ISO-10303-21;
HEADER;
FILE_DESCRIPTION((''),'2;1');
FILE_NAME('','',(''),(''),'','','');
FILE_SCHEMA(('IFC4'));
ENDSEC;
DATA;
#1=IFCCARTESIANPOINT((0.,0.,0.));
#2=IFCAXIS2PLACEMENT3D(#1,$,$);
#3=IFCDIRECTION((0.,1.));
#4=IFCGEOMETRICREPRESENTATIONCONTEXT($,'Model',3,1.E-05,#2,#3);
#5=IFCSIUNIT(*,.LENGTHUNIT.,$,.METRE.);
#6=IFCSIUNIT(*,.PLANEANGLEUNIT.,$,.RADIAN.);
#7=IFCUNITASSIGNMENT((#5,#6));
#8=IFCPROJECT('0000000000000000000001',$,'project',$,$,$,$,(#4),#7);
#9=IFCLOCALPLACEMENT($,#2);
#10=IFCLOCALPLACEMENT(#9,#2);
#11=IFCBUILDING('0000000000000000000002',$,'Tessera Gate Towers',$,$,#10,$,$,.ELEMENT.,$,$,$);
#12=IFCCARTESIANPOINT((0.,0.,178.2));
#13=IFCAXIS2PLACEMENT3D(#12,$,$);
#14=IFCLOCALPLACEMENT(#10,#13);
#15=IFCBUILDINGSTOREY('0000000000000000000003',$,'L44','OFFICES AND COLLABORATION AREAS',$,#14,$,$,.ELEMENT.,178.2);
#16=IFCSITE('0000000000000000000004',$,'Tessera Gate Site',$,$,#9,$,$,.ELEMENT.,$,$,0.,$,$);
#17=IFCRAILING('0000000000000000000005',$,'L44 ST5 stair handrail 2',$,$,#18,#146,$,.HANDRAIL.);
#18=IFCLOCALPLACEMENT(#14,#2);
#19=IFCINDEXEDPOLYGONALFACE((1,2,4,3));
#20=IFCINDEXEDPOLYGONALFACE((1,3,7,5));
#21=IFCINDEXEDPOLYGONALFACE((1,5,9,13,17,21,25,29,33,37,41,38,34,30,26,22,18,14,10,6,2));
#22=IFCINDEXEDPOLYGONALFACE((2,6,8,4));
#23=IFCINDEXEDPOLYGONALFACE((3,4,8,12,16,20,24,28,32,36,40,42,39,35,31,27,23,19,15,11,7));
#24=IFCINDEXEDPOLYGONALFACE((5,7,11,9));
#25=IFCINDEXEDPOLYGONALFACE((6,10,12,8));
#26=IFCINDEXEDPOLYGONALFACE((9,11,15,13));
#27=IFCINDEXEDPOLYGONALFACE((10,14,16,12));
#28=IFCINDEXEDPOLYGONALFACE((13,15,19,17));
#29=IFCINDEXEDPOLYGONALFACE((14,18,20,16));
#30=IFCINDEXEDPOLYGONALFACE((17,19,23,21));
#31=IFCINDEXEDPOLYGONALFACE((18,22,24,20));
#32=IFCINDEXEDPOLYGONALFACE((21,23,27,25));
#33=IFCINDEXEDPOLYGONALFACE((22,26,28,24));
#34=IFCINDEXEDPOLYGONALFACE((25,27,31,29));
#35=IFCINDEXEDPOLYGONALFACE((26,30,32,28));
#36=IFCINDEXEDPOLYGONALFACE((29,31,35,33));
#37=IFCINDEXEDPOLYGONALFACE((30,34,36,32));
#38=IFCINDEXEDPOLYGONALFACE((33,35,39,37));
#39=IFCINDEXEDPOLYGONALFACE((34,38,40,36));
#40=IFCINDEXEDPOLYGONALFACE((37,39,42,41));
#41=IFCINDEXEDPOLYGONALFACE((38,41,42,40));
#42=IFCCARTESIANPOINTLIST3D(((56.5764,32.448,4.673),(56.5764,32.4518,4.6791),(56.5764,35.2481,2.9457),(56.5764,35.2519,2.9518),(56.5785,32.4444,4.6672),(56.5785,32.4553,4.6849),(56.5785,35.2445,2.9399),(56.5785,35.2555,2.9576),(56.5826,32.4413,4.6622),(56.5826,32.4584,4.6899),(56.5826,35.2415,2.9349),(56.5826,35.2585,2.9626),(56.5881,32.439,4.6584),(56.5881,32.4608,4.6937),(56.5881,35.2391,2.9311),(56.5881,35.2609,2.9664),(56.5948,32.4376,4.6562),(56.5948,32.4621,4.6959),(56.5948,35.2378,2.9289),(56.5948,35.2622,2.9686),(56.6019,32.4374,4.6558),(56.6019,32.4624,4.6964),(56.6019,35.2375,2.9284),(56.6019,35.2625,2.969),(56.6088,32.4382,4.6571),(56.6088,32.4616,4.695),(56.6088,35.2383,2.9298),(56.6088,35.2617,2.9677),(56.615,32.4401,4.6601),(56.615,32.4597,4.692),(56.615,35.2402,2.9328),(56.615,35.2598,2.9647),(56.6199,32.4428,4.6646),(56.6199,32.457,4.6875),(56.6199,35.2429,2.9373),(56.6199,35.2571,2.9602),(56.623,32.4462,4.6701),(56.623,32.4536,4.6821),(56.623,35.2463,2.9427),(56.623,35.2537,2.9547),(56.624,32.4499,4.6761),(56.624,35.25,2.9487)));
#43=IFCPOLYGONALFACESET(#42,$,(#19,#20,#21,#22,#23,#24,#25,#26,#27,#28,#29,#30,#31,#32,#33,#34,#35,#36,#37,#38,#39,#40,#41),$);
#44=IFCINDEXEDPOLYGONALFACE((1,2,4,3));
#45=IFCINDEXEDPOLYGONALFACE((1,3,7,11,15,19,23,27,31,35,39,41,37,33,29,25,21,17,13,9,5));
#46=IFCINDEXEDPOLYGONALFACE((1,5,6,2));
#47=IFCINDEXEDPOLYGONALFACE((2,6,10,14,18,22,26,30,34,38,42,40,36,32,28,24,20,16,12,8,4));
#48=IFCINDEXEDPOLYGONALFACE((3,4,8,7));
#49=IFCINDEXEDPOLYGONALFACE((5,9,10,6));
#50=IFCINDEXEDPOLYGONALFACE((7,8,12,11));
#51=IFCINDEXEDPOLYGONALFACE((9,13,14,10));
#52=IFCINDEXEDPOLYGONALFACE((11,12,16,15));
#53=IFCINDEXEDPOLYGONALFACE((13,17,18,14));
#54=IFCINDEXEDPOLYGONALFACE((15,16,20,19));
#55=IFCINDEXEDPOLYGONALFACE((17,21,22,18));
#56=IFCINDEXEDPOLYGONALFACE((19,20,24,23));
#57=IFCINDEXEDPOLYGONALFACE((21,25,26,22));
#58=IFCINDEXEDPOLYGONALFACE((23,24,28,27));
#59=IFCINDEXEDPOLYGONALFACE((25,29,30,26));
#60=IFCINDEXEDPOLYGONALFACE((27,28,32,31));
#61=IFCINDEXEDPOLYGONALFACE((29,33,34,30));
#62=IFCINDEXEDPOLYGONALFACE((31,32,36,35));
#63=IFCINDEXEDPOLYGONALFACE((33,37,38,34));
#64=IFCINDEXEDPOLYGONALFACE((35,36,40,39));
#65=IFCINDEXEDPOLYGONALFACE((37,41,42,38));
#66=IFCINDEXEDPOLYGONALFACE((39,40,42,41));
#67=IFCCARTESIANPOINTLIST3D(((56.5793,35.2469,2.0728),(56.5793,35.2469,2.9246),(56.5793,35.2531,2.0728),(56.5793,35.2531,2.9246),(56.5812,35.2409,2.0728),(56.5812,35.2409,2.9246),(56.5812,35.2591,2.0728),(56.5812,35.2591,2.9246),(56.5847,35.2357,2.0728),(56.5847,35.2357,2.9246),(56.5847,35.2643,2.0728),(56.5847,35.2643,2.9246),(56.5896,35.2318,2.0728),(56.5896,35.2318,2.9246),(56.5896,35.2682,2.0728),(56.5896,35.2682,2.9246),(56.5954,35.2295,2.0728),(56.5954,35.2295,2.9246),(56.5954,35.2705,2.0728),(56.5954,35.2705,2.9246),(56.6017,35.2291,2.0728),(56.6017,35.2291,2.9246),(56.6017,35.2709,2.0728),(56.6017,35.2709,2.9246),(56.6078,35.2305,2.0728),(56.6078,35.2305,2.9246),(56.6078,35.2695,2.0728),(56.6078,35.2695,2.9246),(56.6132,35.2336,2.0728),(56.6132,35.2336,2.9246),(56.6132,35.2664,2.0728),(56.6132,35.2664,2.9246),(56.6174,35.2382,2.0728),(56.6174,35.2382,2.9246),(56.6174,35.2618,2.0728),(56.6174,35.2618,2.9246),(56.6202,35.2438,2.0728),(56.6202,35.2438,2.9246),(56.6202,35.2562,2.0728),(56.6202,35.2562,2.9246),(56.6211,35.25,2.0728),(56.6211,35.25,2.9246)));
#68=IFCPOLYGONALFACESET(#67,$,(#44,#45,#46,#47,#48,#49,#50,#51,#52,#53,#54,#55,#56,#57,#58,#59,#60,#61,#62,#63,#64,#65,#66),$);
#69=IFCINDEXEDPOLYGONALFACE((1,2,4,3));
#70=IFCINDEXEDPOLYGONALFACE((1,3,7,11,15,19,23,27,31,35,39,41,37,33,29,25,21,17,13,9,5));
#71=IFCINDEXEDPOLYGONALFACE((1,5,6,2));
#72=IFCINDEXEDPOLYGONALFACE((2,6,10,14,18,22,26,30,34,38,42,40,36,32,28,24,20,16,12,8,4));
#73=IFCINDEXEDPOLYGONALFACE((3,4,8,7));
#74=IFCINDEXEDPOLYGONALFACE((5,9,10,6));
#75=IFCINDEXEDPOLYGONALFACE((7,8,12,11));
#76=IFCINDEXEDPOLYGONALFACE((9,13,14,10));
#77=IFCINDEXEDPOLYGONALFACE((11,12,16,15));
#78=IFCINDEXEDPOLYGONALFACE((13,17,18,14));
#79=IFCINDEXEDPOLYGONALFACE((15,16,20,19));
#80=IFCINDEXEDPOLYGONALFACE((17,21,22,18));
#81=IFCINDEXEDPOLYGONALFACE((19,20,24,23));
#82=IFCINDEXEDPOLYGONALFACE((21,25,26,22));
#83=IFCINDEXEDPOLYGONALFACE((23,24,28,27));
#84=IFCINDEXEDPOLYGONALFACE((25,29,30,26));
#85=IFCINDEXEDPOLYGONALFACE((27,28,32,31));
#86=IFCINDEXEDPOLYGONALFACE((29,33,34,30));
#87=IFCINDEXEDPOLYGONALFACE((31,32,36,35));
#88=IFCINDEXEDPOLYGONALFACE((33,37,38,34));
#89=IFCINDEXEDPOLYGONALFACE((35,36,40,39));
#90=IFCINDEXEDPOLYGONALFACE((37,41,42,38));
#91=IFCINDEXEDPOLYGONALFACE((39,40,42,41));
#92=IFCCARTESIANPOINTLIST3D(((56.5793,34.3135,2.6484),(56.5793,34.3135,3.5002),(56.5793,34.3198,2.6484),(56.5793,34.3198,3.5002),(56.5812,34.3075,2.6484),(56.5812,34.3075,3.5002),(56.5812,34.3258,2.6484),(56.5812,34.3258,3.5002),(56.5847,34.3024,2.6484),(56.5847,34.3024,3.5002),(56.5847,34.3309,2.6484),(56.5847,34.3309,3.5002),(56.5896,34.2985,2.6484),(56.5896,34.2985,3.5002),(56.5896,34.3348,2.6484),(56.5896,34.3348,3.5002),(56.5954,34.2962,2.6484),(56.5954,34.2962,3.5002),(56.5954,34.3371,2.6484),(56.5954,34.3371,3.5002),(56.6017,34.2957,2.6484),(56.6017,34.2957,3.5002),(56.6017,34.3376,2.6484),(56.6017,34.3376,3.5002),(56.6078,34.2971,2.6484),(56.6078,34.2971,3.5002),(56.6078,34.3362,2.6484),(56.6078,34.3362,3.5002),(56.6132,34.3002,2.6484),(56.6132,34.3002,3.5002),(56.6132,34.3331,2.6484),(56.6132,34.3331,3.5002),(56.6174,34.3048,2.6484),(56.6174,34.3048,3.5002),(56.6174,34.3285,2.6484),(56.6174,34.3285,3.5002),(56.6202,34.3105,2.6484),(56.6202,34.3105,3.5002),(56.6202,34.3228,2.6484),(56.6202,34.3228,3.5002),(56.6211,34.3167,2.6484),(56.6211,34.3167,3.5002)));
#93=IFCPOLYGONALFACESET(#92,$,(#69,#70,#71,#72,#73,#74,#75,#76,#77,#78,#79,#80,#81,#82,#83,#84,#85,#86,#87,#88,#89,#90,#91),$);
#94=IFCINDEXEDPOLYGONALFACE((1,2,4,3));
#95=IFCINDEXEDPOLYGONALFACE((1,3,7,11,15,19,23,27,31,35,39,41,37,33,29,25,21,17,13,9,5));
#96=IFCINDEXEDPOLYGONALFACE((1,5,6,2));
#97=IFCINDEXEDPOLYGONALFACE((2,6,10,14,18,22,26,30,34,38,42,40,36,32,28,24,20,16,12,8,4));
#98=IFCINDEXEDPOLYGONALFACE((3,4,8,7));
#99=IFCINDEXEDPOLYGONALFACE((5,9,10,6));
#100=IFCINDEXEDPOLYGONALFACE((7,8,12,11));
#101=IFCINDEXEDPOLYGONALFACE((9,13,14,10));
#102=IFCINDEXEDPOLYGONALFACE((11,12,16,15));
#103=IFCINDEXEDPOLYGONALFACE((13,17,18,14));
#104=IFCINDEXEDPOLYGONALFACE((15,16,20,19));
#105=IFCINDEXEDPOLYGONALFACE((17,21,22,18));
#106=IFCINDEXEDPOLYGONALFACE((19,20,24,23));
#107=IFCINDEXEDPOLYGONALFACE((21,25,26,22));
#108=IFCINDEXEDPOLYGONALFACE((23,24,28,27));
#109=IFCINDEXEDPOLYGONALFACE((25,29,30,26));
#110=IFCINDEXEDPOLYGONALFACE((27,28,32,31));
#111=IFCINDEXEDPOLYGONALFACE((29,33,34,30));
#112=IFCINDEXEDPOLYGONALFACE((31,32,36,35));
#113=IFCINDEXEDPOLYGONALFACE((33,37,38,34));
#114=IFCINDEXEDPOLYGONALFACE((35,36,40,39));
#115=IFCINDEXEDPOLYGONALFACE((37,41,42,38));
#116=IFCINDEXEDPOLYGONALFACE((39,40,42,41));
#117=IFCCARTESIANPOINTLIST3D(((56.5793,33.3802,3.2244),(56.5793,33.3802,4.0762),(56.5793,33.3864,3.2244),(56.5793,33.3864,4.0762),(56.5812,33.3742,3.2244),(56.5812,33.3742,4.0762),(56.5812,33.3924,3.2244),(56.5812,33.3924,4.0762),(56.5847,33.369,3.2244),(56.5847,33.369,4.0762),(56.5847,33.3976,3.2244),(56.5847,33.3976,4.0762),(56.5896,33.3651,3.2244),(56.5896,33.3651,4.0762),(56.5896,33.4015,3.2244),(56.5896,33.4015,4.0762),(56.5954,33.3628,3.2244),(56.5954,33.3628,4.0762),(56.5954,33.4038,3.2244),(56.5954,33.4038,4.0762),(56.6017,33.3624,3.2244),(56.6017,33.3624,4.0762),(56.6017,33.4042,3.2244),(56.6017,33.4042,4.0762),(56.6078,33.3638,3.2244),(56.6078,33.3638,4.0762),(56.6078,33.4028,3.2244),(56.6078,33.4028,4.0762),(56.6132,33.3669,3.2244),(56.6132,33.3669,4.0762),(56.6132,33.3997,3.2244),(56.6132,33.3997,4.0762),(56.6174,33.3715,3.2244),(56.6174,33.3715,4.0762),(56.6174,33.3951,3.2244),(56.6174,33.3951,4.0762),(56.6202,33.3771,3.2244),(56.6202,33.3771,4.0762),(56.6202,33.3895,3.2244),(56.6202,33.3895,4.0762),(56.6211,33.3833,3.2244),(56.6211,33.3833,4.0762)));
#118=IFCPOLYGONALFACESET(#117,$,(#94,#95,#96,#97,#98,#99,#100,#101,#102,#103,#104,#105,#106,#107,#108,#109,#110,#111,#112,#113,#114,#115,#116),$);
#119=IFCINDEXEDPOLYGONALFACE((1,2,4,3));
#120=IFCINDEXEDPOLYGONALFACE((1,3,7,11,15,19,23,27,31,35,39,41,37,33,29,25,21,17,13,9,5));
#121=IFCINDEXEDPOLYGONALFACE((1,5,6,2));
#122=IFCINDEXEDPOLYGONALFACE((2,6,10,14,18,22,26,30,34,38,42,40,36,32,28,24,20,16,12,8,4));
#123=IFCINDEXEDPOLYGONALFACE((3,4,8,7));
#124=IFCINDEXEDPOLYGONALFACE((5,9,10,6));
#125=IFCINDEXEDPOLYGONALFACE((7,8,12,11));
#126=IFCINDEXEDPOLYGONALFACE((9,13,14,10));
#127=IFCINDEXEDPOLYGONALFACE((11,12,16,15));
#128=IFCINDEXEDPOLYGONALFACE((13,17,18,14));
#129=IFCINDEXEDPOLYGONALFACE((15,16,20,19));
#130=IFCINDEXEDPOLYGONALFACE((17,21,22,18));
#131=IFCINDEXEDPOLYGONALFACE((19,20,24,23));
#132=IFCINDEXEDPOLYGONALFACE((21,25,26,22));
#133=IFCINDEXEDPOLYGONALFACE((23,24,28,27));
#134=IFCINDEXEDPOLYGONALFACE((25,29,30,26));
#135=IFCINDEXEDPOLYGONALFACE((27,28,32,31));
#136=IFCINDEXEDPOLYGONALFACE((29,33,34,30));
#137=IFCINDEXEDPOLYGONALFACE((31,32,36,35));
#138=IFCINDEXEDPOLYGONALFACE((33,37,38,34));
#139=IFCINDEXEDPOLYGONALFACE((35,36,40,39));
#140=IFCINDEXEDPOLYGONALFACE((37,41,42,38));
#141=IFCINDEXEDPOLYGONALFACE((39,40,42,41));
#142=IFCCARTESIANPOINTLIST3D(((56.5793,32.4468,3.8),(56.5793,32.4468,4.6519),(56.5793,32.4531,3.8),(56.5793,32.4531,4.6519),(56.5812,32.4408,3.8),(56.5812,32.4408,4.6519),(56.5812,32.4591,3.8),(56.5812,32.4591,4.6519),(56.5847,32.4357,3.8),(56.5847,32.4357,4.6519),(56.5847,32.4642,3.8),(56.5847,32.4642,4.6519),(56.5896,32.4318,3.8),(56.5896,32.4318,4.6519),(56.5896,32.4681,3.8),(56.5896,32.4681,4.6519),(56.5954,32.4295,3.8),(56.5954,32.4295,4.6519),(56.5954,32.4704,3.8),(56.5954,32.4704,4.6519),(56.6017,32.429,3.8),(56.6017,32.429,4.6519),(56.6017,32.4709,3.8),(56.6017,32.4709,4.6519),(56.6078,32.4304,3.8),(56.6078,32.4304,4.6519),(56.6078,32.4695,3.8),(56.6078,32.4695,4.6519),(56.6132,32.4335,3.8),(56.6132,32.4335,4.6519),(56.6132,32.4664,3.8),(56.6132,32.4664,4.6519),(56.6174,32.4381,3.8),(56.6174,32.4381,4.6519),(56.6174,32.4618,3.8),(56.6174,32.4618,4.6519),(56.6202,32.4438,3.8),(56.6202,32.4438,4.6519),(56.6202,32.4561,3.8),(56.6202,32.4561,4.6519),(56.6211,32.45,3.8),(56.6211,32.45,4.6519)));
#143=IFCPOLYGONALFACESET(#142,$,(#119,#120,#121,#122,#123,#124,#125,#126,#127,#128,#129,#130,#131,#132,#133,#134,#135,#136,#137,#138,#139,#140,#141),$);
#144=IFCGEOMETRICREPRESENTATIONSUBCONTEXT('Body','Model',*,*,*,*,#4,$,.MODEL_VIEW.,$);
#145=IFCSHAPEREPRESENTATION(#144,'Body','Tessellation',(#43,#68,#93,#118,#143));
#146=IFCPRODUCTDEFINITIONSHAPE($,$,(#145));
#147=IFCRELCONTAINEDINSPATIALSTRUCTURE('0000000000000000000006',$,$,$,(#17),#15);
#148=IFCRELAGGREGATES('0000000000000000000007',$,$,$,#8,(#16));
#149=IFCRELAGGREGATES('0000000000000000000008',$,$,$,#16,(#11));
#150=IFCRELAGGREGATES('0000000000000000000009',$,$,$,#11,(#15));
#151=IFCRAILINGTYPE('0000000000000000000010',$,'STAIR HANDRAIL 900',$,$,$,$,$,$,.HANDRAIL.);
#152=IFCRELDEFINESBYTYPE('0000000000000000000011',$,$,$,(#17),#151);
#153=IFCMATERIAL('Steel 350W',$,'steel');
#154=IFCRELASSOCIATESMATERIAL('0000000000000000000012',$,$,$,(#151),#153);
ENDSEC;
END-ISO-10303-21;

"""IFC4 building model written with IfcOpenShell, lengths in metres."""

from ifc_helpers import new_model, si_unit, direction, frame, origin, origin_2d, place, context, subcontext, project, spatial, circle, extrude, material, type_object, element, save


model = new_model("IFC4")

# Units and contexts
model_context = context("Model", 3, precision=1e-05, world=origin(), true_north=direction((0.0, 1.0)))
body_context = subcontext(model_context, "Body", "Model", "MODEL_VIEW")
ifc_project = project(units=[si_unit("LENGTHUNIT", "METRE"), si_unit("PLANEANGLEUNIT", "RADIAN")], contexts=[model_context])

# Site, building, storey
site_placement = place(None, origin())
site = spatial("IfcSite", under=ifc_project, at=site_placement, Name="Tessera Gate Site", CompositionType="ELEMENT", RefElevation=0.0)
building_placement = place(site_placement, origin())
building = spatial("IfcBuilding", under=site, at=building_placement, Name="Tessera Gate Towers", CompositionType="ELEMENT")
storey_placement = place(building_placement, frame((0.0, 0.0, 178.2)))
storey = spatial("IfcBuildingStorey", under=building, at=storey_placement, Name="L44", Description="OFFICES AND COLLABORATION AREAS", CompositionType="ELEMENT", Elevation=178.2)

# Railing
ifc_material_1 = material(Name="Steel 350W", Category="steel")
railing_type_1 = type_object("IfcRailingType", Name="STAIR HANDRAIL 900", PredefinedType="HANDRAIL", material=ifc_material_1)
railing_1_placement = place(storey_placement, frame((56.6001, 35.25, 2.0728)))
element("IfcRailing", 1, at=railing_1_placement, inside=storey, type_object=railing_type_1, Name="L44 ST5 stair handrail 2", PredefinedType="HANDRAIL", context=body_context, shape_type="SweptSolid", body=[
    extrude(circle(Radius=0.0239, at=origin_2d()), frame((0.0, 0.0, 0.876), z_axis=(0.0, -0.85109, 0.52502), x_axis=(1.0, 0.0, 0.0)), (0.0, 0.0, 1.0), 3.29),
    extrude(circle(Radius=0.021, at=origin_2d()), origin(), (0.0, 0.0, 1.0), 0.8518),
    extrude(circle(Radius=0.021, at=origin_2d()), frame((0.0, -0.9333, 0.5757)), (0.0, 0.0, 1.0), 0.8518),
    extrude(circle(Radius=0.021, at=origin_2d()), frame((0.0, -1.8667, 1.1516)), (0.0, 0.0, 1.0), 0.8518),
    extrude(circle(Radius=0.021, at=origin_2d()), frame((0.0, -2.8, 1.7273)), (0.0, 0.0, 1.0), 0.8518),
])

save(model, "model.ifc")
